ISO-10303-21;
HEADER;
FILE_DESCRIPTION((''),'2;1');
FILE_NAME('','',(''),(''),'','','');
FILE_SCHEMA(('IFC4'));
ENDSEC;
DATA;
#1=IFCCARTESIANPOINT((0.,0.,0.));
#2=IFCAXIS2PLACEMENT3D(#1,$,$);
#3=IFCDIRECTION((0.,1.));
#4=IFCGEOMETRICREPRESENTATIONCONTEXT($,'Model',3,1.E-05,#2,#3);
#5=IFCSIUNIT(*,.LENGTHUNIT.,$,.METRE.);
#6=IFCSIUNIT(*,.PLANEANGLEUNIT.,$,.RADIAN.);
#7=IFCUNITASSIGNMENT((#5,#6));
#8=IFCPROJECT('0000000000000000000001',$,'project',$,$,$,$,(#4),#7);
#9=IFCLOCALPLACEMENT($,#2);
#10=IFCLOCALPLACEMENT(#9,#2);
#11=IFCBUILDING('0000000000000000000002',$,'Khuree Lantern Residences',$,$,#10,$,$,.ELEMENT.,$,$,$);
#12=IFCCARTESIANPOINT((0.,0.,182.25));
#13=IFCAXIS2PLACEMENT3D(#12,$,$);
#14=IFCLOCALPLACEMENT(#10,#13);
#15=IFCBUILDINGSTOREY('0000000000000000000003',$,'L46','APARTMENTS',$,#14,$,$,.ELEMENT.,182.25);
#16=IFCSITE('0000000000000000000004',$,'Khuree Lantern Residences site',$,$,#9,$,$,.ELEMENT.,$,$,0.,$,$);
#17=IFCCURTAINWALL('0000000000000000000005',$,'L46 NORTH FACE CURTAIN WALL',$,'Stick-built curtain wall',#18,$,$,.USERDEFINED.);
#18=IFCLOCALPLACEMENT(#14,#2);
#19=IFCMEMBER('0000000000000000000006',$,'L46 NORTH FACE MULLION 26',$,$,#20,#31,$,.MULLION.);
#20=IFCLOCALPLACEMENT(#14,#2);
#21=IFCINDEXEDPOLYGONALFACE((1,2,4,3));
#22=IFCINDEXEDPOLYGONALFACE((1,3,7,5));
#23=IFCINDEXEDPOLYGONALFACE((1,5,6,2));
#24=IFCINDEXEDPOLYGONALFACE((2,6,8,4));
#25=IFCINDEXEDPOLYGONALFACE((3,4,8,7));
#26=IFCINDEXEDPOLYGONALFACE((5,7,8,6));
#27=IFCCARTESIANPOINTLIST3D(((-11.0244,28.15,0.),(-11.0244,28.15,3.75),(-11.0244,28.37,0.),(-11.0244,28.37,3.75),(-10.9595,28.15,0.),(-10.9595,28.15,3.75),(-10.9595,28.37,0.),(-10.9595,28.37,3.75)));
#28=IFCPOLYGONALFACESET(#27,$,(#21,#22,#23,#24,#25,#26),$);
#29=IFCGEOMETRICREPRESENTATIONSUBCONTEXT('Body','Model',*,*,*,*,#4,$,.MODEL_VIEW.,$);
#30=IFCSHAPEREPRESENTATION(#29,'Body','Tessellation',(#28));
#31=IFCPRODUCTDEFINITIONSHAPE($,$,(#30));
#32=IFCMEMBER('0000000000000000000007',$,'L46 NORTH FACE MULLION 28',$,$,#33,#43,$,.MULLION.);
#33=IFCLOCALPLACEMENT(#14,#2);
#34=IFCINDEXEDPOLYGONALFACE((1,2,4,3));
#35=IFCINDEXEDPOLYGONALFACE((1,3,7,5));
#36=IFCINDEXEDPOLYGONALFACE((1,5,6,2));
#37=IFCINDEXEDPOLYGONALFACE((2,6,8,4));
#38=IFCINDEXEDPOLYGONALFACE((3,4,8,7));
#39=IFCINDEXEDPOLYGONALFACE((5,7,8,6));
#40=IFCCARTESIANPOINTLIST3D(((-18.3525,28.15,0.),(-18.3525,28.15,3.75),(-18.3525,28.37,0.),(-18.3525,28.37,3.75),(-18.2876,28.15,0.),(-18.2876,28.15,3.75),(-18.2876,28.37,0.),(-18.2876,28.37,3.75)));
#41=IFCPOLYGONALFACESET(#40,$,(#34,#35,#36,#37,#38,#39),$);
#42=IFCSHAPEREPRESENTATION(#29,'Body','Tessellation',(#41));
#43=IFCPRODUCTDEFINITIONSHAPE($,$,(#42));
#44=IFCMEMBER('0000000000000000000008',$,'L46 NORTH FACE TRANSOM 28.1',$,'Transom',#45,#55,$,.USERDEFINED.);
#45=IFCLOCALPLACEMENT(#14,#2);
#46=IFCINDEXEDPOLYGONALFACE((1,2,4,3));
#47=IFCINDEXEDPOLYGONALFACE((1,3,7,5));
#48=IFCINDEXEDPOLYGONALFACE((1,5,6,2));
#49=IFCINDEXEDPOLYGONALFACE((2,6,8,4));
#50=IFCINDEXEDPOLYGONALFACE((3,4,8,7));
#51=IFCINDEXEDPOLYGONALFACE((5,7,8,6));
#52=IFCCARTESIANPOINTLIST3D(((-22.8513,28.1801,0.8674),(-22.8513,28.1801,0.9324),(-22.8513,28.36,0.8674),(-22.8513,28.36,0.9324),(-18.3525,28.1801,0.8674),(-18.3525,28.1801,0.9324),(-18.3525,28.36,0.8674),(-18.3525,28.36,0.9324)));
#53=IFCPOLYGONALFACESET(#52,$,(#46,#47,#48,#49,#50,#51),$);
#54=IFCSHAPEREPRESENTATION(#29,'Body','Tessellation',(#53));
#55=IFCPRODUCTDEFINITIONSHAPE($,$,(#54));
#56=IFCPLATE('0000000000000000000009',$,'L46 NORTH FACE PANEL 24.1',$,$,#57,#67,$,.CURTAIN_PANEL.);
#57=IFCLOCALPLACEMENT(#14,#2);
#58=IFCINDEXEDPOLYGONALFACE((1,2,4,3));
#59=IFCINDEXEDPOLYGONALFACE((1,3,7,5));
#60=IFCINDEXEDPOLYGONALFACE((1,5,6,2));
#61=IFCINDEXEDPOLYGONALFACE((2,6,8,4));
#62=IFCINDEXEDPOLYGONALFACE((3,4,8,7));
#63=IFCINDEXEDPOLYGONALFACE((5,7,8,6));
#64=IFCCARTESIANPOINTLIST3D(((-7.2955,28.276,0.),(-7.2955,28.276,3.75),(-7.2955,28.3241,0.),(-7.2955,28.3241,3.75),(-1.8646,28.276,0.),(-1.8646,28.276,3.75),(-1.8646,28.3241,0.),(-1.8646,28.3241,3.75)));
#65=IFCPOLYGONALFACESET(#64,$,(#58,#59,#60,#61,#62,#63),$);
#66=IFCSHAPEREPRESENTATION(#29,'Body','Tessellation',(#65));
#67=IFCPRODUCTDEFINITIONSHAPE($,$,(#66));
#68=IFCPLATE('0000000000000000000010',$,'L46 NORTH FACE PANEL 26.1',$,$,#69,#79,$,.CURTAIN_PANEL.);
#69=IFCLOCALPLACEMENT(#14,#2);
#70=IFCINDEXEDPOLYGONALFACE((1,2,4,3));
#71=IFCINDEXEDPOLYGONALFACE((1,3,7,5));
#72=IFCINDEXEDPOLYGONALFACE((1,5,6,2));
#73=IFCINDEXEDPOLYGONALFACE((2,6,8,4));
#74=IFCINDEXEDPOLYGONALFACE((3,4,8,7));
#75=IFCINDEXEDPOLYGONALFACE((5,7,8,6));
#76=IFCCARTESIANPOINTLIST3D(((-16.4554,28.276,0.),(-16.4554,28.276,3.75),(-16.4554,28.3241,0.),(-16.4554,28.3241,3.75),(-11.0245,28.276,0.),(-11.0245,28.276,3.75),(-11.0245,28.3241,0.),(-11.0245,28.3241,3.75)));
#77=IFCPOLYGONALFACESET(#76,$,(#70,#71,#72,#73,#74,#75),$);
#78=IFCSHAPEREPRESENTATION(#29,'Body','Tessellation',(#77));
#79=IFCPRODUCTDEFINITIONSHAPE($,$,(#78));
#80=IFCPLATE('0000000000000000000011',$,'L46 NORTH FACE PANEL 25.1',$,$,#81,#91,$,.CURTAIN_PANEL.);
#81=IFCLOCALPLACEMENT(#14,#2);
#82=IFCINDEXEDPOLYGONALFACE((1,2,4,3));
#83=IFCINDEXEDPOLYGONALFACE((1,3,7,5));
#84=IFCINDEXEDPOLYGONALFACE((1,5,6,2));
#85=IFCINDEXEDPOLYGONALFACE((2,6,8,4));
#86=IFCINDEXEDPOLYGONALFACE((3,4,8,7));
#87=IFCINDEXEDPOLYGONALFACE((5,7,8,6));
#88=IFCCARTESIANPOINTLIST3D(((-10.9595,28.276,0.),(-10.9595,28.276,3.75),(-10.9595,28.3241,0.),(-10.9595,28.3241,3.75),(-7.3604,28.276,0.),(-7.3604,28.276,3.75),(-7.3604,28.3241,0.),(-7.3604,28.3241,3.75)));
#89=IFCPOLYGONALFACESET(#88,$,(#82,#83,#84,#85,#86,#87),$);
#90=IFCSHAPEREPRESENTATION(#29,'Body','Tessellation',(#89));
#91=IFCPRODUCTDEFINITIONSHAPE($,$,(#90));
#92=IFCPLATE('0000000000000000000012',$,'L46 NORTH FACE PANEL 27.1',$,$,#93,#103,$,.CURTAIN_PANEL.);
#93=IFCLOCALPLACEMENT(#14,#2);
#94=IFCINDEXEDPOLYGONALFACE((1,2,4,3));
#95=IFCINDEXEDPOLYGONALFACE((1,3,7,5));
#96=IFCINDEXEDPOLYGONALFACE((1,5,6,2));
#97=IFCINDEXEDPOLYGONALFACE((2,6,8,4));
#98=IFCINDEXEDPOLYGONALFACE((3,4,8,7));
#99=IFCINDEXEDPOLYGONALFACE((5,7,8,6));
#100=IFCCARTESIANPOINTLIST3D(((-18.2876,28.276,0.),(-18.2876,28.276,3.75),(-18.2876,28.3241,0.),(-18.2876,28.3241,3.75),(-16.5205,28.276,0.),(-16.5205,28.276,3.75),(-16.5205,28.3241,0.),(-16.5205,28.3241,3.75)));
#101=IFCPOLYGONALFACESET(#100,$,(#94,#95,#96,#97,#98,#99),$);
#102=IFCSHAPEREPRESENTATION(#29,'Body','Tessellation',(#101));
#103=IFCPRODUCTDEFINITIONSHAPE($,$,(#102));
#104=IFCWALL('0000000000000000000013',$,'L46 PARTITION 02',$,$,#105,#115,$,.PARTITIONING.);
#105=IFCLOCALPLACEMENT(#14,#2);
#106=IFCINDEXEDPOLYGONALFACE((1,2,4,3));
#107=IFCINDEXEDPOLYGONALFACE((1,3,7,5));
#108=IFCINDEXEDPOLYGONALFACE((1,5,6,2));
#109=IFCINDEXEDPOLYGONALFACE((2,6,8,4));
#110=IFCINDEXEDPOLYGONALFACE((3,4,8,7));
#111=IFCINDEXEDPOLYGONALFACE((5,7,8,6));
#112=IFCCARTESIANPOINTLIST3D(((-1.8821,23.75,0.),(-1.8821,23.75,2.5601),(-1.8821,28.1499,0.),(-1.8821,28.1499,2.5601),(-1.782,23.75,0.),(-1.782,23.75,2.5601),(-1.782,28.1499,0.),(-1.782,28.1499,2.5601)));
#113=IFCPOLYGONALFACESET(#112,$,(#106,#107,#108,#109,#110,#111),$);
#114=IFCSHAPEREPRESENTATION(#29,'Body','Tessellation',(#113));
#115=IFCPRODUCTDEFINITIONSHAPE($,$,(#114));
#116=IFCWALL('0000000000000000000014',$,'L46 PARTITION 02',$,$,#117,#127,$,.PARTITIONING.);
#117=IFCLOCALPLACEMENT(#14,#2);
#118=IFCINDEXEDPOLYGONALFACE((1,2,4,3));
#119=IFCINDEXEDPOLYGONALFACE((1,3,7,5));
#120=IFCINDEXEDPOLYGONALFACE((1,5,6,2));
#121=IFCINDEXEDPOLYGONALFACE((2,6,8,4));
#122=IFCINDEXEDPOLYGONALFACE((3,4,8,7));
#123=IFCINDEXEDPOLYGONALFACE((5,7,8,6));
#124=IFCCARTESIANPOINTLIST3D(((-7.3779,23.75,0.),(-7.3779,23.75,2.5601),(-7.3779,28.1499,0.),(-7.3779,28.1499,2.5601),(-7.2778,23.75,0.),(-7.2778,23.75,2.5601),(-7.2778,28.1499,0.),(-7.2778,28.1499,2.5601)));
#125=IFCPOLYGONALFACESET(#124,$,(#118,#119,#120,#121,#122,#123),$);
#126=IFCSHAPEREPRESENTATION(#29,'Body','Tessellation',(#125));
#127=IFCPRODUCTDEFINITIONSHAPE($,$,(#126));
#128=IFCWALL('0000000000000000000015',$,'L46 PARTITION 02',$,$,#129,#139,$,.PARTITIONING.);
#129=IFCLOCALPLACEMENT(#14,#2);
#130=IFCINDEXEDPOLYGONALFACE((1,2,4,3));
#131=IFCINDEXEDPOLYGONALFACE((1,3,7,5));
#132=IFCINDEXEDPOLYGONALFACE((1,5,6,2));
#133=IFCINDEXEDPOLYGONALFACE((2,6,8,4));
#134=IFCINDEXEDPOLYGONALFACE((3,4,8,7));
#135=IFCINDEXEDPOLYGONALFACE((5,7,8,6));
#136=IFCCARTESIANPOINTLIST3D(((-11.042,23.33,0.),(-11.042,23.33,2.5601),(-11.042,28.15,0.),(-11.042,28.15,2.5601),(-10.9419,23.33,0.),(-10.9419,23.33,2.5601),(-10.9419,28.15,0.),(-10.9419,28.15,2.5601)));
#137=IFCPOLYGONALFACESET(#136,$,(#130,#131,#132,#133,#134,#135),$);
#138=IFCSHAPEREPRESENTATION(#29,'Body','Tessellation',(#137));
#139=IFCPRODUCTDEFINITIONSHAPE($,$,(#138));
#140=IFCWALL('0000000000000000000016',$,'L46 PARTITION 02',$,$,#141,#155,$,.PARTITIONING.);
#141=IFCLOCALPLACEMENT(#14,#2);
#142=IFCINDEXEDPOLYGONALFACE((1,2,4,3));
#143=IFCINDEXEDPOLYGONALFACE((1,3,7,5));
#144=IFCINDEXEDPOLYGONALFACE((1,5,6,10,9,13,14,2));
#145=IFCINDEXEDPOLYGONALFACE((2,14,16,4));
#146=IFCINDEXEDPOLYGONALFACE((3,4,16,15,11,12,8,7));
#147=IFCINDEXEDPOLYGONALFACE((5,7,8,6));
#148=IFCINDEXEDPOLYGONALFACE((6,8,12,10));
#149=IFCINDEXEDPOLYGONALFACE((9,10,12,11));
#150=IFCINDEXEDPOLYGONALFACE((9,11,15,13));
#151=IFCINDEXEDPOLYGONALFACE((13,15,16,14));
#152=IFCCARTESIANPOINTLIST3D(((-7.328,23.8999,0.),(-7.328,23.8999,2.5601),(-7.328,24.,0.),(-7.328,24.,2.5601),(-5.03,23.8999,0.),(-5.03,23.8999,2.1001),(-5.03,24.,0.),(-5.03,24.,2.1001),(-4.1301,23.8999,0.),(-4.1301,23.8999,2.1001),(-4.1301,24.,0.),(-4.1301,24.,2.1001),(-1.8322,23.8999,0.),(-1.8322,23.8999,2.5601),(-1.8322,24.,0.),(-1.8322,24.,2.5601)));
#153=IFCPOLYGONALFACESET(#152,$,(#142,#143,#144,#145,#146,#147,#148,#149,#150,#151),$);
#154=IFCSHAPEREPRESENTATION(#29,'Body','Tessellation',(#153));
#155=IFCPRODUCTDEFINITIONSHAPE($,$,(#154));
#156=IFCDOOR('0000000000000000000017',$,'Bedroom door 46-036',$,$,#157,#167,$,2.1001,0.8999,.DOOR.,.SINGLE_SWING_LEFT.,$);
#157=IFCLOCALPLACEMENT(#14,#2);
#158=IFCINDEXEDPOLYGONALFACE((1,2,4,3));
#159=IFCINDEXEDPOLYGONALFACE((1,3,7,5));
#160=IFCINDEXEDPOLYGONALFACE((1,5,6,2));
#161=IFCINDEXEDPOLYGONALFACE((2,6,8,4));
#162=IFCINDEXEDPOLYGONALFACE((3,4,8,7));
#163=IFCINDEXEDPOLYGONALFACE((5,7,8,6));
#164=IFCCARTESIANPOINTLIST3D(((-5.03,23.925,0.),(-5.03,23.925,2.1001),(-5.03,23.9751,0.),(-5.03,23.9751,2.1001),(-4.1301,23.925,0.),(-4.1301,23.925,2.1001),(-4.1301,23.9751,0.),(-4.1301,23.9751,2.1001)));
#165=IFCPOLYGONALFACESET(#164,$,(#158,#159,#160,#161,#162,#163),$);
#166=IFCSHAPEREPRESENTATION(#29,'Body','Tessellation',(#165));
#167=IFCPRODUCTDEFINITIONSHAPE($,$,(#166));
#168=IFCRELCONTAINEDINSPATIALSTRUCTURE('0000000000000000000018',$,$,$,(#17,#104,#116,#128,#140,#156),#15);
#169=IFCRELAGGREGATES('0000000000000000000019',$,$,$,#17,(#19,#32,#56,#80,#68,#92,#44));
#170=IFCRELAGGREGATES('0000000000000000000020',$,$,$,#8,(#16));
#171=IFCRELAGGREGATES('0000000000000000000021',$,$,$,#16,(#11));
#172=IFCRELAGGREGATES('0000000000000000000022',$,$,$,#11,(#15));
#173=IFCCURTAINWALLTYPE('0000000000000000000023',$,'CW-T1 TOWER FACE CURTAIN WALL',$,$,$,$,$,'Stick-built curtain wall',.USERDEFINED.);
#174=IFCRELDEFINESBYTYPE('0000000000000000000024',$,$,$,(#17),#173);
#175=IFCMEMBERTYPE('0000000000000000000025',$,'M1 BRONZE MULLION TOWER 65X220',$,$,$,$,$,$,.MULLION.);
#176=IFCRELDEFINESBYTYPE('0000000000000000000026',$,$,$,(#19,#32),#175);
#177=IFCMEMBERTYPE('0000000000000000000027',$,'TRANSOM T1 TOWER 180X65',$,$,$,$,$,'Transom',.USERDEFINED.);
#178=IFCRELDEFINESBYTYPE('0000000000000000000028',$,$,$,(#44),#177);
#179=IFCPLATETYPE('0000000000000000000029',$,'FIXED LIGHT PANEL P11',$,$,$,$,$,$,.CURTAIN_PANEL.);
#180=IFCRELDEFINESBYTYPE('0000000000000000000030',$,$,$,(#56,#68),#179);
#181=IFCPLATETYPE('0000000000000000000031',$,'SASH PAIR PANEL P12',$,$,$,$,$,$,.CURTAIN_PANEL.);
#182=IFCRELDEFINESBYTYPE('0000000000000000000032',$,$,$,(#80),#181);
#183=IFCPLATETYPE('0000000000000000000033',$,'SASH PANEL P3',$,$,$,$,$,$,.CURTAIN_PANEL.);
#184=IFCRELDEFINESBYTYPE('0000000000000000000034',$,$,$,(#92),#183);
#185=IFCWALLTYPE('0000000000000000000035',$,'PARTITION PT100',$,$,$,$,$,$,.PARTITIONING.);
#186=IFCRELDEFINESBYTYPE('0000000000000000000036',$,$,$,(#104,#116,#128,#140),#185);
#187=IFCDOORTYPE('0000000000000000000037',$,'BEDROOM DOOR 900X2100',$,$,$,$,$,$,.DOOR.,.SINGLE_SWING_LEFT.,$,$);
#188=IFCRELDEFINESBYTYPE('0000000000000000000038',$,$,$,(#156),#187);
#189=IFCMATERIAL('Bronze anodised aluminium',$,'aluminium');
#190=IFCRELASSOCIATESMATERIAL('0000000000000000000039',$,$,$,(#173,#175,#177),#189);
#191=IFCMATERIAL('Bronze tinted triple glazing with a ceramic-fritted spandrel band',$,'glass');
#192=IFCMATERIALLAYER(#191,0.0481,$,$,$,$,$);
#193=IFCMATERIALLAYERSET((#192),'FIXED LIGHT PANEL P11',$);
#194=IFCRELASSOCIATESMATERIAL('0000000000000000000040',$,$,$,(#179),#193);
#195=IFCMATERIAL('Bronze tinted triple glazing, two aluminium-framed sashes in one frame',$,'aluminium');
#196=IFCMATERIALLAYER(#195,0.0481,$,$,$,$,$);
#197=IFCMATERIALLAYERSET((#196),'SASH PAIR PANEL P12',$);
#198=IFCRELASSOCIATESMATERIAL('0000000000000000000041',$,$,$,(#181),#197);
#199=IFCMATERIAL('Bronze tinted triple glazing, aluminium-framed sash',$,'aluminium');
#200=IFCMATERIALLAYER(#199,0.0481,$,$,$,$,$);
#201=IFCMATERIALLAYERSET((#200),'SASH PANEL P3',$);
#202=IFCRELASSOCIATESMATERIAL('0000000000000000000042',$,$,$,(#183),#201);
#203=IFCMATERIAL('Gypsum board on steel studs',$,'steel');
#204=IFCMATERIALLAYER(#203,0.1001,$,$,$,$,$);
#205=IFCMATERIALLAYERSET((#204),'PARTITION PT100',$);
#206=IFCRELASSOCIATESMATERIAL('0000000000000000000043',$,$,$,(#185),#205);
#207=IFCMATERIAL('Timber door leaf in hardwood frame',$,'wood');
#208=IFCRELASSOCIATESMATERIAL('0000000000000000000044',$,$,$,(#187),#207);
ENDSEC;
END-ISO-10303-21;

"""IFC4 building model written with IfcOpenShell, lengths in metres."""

from ifc_helpers import new_model, si_unit, direction, frame, frame_2d, origin, origin_2d, place, context, subcontext, project, spatial, rectangle, extrude, material, layer, layer_set, material_profile, profile_set, type_object, element, fill, aggregate, save


model = new_model("IFC4")

# Units and contexts
model_context = context("Model", 3, precision=1e-05, world=origin(), true_north=direction((0.0, 1.0)))
body_context = subcontext(model_context, "Body", "Model", "MODEL_VIEW")
ifc_project = project(units=[si_unit("LENGTHUNIT", "METRE"), si_unit("PLANEANGLEUNIT", "RADIAN")], contexts=[model_context])

# Site, building, storey
site_placement = place(None, origin())
site = spatial("IfcSite", under=ifc_project, at=site_placement, Name="Khuree Lantern Residences site", CompositionType="ELEMENT", RefElevation=0.0)
building_placement = place(site_placement, origin())
building = spatial("IfcBuilding", under=site, at=building_placement, Name="Khuree Lantern Residences", CompositionType="ELEMENT")
storey_placement = place(building_placement, frame((0.0, 0.0, 182.25)))
storey = spatial("IfcBuildingStorey", under=building, at=storey_placement, Name="L46", Description="APARTMENTS", CompositionType="ELEMENT", Elevation=182.25)

# Curtain wall
ifc_material_1 = material(Name="Bronze anodised aluminium", Category="aluminium")
curtain_wall_type = type_object("IfcCurtainWallType", Name="CW-T1 TOWER FACE CURTAIN WALL", ElementType="Stick-built curtain wall", PredefinedType="USERDEFINED", material=ifc_material_1)
curtain_wall_placement = place(storey_placement, origin())
curtain_wall = element("IfcCurtainWall", 1, at=curtain_wall_placement, inside=storey, type_object=curtain_wall_type, Name="L46 NORTH FACE CURTAIN WALL", ObjectType="Stick-built curtain wall", PredefinedType="USERDEFINED")

# Members
ifc_material_profile_1 = material_profile(ifc_material_1, rectangle(XDim=0.0649, YDim=0.22, at=origin_2d()), Name="M1 65X220")
ifc_profile_set_1 = profile_set([ifc_material_profile_1], Name="Bronze anodised aluminium")
member_type_1 = type_object("IfcMemberType", Name="M1 BRONZE MULLION TOWER 65X220", PredefinedType="MULLION", material=ifc_profile_set_1)
member_1_placement = place(storey_placement, frame((-10.9919, 28.26, 0.0), z_axis=(0.0, 0.0, 1.0), x_axis=(-1.0, 0.0, 0.0)))
member_1 = element("IfcMember", 2, at=member_1_placement, type_object=member_type_1, Name="L46 NORTH FACE MULLION 26", PredefinedType="MULLION", context=body_context, shape_type="SweptSolid", body=[
    extrude(rectangle(XDim=0.0649, YDim=0.22, at=origin_2d()), origin(), (0.0, 0.0, 1.0), 3.75),
])
member_2_placement = place(storey_placement, frame((-18.3201, 28.26, 0.0), z_axis=(0.0, 0.0, 1.0), x_axis=(-1.0, 0.0, 0.0)))
member_2 = element("IfcMember", 3, at=member_2_placement, type_object=member_type_1, Name="L46 NORTH FACE MULLION 28", PredefinedType="MULLION", context=body_context, shape_type="SweptSolid", body=[
    extrude(rectangle(XDim=0.0649, YDim=0.22, at=origin_2d()), origin(), (0.0, 0.0, 1.0), 3.75),
])
ifc_material_profile_2 = material_profile(ifc_material_1, rectangle(XDim=0.1799, YDim=0.0649, at=origin_2d()), Name="T1 180X65")
ifc_profile_set_2 = profile_set([ifc_material_profile_2], Name="Bronze anodised aluminium")
member_type_2 = type_object("IfcMemberType", Name="TRANSOM T1 TOWER 180X65", ElementType="Transom", PredefinedType="USERDEFINED", material=ifc_profile_set_2)
member_3_placement = place(storey_placement, frame((-18.3525, 28.27, 0.8999), z_axis=(-1.0, 0.0, 0.0), x_axis=(0.0, -1.0, 0.0)))
member_3 = element("IfcMember", 4, at=member_3_placement, type_object=member_type_2, Name="L46 NORTH FACE TRANSOM 28.1", ObjectType="Transom", PredefinedType="USERDEFINED", context=body_context, shape_type="SweptSolid", body=[
    extrude(rectangle(XDim=0.1799, YDim=0.0649, at=origin_2d()), origin(), (0.0, 0.0, 1.0), 4.4988),
])

# Plates
ifc_material_2 = material(Name="Bronze tinted triple glazing with a ceramic-fritted spandrel band", Category="glass")
ifc_layer_1 = layer(ifc_material_2, 0.0481)
ifc_layer_set_1 = layer_set([ifc_layer_1], Name="FIXED LIGHT PANEL P11")
plate_type_1 = type_object("IfcPlateType", Name="FIXED LIGHT PANEL P11", PredefinedType="CURTAIN_PANEL", material=ifc_layer_set_1)
plate_1_placement = place(storey_placement, frame((-4.5801, 28.3, 0.0), z_axis=(0.0, 0.0, 1.0), x_axis=(-1.0, 0.0, 0.0)))
plate_1 = element("IfcPlate", 5, at=plate_1_placement, type_object=plate_type_1, Name="L46 NORTH FACE PANEL 24.1", PredefinedType="CURTAIN_PANEL", context=body_context, shape_type="SweptSolid", body=[
    extrude(rectangle(XDim=5.4309, YDim=0.0481, at=origin_2d()), origin(), (0.0, 0.0, 1.0), 3.75),
])
plate_2_placement = place(storey_placement, frame((-13.74, 28.3, 0.0), z_axis=(0.0, 0.0, 1.0), x_axis=(-1.0, 0.0, 0.0)))
plate_2 = element("IfcPlate", 6, at=plate_2_placement, type_object=plate_type_1, Name="L46 NORTH FACE PANEL 26.1", PredefinedType="CURTAIN_PANEL", context=body_context, shape_type="SweptSolid", body=[
    extrude(rectangle(XDim=5.4309, YDim=0.0481, at=origin_2d()), origin(), (0.0, 0.0, 1.0), 3.75),
])
ifc_material_3 = material(Name="Bronze tinted triple glazing, two aluminium-framed sashes in one frame", Category="aluminium")
ifc_layer_2 = layer(ifc_material_3, 0.0481)
ifc_layer_set_2 = layer_set([ifc_layer_2], Name="SASH PAIR PANEL P12")
plate_type_2 = type_object("IfcPlateType", Name="SASH PAIR PANEL P12", PredefinedType="CURTAIN_PANEL", material=ifc_layer_set_2)
plate_3_placement = place(storey_placement, frame((-9.1599, 28.3, 0.0), z_axis=(0.0, 0.0, 1.0), x_axis=(-1.0, 0.0, 0.0)))
plate_3 = element("IfcPlate", 7, at=plate_3_placement, type_object=plate_type_2, Name="L46 NORTH FACE PANEL 25.1", PredefinedType="CURTAIN_PANEL", context=body_context, shape_type="SweptSolid", body=[
    extrude(rectangle(XDim=3.5991, YDim=0.0481, at=origin_2d()), origin(), (0.0, 0.0, 1.0), 3.75),
])
ifc_material_4 = material(Name="Bronze tinted triple glazing, aluminium-framed sash", Category="aluminium")
ifc_layer_3 = layer(ifc_material_4, 0.0481)
ifc_layer_set_3 = layer_set([ifc_layer_3], Name="SASH PANEL P3")
plate_type_3 = type_object("IfcPlateType", Name="SASH PANEL P3", PredefinedType="CURTAIN_PANEL", material=ifc_layer_set_3)
plate_4_placement = place(storey_placement, frame((-17.4041, 28.3, 0.0), z_axis=(0.0, 0.0, 1.0), x_axis=(-1.0, 0.0, 0.0)))
plate_4 = element("IfcPlate", 8, at=plate_4_placement, type_object=plate_type_3, Name="L46 NORTH FACE PANEL 27.1", PredefinedType="CURTAIN_PANEL", context=body_context, shape_type="SweptSolid", body=[
    extrude(rectangle(XDim=1.7671, YDim=0.0481, at=origin_2d()), origin(), (0.0, 0.0, 1.0), 3.75),
])
aggregate(curtain_wall, [member_1, member_2, plate_1, plate_3, plate_2, plate_4, member_3])

# Walls
ifc_material_5 = material(Name="Gypsum board on steel studs", Category="steel")
ifc_layer_4 = layer(ifc_material_5, 0.1001)
ifc_layer_set_4 = layer_set([ifc_layer_4], Name="PARTITION PT100")
wall_type = type_object("IfcWallType", Name="PARTITION PT100", PredefinedType="PARTITIONING", material=ifc_layer_set_4)
for number, where, z_axis, x_axis, name in (
    (9, (-1.832, 23.75, 0.0), (0.0, 0.0, 1.0), (0.0, 1.0, 0.0), "L46 PARTITION 02"),
    (10, (-7.3279, 23.75, 0.0), (0.0, 0.0, 1.0), (0.0, 1.0, 0.0), "L46 PARTITION 02"),
):
    element("IfcWall", number, at=place(storey_placement, frame(where, z_axis=z_axis, x_axis=x_axis)), inside=storey, type_object=wall_type, Name=name, PredefinedType="PARTITIONING", context=body_context, shape_type="SweptSolid", body=[
        extrude(rectangle(XDim=4.3999, YDim=0.1001, at=frame_2d((2.2, 0.0))), origin(), (0.0, 0.0, 1.0), 2.5601),
    ])
wall_1_placement = place(storey_placement, frame((-10.9919, 23.3298, 0.0), z_axis=(0.0, 0.0, 1.0), x_axis=(0.0, 1.0, 0.0)))
element("IfcWall", 11, at=wall_1_placement, inside=storey, type_object=wall_type, Name="L46 PARTITION 02", PredefinedType="PARTITIONING", context=body_context, shape_type="SweptSolid", body=[
    extrude(rectangle(XDim=4.8201, YDim=0.1001, at=frame_2d((2.4102, 0.0))), origin(), (0.0, 0.0, 1.0), 2.5601),
])

# Wall, opening, door
wall_2_placement = place(storey_placement, frame((-1.832, 23.95, 0.0), z_axis=(0.0, 0.0, 1.0), x_axis=(-1.0, 0.0, 0.0)))
wall_2 = element("IfcWall", 12, at=wall_2_placement, inside=storey, type_object=wall_type, Name="L46 PARTITION 02", PredefinedType="PARTITIONING", context=body_context, shape_type="SweptSolid", body=[
    extrude(rectangle(XDim=5.4958, YDim=0.1001, at=frame_2d((2.748, 0.0))), origin(), (0.0, 0.0, 1.0), 2.5601),
])
opening_1_placement = place(wall_2_placement, frame((2.2981, 0.0, 0.0)))
opening_1 = element("IfcOpeningElement", 13, at=opening_1_placement, cuts=wall_2, PredefinedType="OPENING", context=body_context, shape_type="SweptSolid", body=[
    extrude(rectangle(XDim=0.8999, YDim=2.1001, at=frame_2d((0.45, 1.05))), frame((0.0, 0.0601, 0.0), z_axis=(0.0, -1.0, 0.0), x_axis=(1.0, 0.0, 0.0)), (0.0, 0.0, 1.0), 0.1201),
])
ifc_material_6 = material(Name="Timber door leaf in hardwood frame", Category="wood")
door_type_1 = type_object("IfcDoorType", Name="BEDROOM DOOR 900X2100", OperationType="SINGLE_SWING_LEFT", PredefinedType="DOOR", material=ifc_material_6)
door_1_placement = place(opening_1_placement, origin())
door_1 = element("IfcDoor", 14, at=door_1_placement, inside=storey, type_object=door_type_1, Name="Bedroom door 46-036", OperationType="SINGLE_SWING_LEFT", OverallHeight=2.1001, OverallWidth=0.8999, PredefinedType="DOOR", context=body_context, shape_type="SweptSolid", body=[
    extrude(rectangle(XDim=0.8999, YDim=2.1001, at=frame_2d((0.45, 1.05))), frame((0.0, 0.0249, 0.0), z_axis=(0.0, -1.0, 0.0), x_axis=(1.0, 0.0, 0.0)), (0.0, 0.0, 1.0), 0.05),
])
fill(opening_1, door_1)

save(model, "model.ifc")
